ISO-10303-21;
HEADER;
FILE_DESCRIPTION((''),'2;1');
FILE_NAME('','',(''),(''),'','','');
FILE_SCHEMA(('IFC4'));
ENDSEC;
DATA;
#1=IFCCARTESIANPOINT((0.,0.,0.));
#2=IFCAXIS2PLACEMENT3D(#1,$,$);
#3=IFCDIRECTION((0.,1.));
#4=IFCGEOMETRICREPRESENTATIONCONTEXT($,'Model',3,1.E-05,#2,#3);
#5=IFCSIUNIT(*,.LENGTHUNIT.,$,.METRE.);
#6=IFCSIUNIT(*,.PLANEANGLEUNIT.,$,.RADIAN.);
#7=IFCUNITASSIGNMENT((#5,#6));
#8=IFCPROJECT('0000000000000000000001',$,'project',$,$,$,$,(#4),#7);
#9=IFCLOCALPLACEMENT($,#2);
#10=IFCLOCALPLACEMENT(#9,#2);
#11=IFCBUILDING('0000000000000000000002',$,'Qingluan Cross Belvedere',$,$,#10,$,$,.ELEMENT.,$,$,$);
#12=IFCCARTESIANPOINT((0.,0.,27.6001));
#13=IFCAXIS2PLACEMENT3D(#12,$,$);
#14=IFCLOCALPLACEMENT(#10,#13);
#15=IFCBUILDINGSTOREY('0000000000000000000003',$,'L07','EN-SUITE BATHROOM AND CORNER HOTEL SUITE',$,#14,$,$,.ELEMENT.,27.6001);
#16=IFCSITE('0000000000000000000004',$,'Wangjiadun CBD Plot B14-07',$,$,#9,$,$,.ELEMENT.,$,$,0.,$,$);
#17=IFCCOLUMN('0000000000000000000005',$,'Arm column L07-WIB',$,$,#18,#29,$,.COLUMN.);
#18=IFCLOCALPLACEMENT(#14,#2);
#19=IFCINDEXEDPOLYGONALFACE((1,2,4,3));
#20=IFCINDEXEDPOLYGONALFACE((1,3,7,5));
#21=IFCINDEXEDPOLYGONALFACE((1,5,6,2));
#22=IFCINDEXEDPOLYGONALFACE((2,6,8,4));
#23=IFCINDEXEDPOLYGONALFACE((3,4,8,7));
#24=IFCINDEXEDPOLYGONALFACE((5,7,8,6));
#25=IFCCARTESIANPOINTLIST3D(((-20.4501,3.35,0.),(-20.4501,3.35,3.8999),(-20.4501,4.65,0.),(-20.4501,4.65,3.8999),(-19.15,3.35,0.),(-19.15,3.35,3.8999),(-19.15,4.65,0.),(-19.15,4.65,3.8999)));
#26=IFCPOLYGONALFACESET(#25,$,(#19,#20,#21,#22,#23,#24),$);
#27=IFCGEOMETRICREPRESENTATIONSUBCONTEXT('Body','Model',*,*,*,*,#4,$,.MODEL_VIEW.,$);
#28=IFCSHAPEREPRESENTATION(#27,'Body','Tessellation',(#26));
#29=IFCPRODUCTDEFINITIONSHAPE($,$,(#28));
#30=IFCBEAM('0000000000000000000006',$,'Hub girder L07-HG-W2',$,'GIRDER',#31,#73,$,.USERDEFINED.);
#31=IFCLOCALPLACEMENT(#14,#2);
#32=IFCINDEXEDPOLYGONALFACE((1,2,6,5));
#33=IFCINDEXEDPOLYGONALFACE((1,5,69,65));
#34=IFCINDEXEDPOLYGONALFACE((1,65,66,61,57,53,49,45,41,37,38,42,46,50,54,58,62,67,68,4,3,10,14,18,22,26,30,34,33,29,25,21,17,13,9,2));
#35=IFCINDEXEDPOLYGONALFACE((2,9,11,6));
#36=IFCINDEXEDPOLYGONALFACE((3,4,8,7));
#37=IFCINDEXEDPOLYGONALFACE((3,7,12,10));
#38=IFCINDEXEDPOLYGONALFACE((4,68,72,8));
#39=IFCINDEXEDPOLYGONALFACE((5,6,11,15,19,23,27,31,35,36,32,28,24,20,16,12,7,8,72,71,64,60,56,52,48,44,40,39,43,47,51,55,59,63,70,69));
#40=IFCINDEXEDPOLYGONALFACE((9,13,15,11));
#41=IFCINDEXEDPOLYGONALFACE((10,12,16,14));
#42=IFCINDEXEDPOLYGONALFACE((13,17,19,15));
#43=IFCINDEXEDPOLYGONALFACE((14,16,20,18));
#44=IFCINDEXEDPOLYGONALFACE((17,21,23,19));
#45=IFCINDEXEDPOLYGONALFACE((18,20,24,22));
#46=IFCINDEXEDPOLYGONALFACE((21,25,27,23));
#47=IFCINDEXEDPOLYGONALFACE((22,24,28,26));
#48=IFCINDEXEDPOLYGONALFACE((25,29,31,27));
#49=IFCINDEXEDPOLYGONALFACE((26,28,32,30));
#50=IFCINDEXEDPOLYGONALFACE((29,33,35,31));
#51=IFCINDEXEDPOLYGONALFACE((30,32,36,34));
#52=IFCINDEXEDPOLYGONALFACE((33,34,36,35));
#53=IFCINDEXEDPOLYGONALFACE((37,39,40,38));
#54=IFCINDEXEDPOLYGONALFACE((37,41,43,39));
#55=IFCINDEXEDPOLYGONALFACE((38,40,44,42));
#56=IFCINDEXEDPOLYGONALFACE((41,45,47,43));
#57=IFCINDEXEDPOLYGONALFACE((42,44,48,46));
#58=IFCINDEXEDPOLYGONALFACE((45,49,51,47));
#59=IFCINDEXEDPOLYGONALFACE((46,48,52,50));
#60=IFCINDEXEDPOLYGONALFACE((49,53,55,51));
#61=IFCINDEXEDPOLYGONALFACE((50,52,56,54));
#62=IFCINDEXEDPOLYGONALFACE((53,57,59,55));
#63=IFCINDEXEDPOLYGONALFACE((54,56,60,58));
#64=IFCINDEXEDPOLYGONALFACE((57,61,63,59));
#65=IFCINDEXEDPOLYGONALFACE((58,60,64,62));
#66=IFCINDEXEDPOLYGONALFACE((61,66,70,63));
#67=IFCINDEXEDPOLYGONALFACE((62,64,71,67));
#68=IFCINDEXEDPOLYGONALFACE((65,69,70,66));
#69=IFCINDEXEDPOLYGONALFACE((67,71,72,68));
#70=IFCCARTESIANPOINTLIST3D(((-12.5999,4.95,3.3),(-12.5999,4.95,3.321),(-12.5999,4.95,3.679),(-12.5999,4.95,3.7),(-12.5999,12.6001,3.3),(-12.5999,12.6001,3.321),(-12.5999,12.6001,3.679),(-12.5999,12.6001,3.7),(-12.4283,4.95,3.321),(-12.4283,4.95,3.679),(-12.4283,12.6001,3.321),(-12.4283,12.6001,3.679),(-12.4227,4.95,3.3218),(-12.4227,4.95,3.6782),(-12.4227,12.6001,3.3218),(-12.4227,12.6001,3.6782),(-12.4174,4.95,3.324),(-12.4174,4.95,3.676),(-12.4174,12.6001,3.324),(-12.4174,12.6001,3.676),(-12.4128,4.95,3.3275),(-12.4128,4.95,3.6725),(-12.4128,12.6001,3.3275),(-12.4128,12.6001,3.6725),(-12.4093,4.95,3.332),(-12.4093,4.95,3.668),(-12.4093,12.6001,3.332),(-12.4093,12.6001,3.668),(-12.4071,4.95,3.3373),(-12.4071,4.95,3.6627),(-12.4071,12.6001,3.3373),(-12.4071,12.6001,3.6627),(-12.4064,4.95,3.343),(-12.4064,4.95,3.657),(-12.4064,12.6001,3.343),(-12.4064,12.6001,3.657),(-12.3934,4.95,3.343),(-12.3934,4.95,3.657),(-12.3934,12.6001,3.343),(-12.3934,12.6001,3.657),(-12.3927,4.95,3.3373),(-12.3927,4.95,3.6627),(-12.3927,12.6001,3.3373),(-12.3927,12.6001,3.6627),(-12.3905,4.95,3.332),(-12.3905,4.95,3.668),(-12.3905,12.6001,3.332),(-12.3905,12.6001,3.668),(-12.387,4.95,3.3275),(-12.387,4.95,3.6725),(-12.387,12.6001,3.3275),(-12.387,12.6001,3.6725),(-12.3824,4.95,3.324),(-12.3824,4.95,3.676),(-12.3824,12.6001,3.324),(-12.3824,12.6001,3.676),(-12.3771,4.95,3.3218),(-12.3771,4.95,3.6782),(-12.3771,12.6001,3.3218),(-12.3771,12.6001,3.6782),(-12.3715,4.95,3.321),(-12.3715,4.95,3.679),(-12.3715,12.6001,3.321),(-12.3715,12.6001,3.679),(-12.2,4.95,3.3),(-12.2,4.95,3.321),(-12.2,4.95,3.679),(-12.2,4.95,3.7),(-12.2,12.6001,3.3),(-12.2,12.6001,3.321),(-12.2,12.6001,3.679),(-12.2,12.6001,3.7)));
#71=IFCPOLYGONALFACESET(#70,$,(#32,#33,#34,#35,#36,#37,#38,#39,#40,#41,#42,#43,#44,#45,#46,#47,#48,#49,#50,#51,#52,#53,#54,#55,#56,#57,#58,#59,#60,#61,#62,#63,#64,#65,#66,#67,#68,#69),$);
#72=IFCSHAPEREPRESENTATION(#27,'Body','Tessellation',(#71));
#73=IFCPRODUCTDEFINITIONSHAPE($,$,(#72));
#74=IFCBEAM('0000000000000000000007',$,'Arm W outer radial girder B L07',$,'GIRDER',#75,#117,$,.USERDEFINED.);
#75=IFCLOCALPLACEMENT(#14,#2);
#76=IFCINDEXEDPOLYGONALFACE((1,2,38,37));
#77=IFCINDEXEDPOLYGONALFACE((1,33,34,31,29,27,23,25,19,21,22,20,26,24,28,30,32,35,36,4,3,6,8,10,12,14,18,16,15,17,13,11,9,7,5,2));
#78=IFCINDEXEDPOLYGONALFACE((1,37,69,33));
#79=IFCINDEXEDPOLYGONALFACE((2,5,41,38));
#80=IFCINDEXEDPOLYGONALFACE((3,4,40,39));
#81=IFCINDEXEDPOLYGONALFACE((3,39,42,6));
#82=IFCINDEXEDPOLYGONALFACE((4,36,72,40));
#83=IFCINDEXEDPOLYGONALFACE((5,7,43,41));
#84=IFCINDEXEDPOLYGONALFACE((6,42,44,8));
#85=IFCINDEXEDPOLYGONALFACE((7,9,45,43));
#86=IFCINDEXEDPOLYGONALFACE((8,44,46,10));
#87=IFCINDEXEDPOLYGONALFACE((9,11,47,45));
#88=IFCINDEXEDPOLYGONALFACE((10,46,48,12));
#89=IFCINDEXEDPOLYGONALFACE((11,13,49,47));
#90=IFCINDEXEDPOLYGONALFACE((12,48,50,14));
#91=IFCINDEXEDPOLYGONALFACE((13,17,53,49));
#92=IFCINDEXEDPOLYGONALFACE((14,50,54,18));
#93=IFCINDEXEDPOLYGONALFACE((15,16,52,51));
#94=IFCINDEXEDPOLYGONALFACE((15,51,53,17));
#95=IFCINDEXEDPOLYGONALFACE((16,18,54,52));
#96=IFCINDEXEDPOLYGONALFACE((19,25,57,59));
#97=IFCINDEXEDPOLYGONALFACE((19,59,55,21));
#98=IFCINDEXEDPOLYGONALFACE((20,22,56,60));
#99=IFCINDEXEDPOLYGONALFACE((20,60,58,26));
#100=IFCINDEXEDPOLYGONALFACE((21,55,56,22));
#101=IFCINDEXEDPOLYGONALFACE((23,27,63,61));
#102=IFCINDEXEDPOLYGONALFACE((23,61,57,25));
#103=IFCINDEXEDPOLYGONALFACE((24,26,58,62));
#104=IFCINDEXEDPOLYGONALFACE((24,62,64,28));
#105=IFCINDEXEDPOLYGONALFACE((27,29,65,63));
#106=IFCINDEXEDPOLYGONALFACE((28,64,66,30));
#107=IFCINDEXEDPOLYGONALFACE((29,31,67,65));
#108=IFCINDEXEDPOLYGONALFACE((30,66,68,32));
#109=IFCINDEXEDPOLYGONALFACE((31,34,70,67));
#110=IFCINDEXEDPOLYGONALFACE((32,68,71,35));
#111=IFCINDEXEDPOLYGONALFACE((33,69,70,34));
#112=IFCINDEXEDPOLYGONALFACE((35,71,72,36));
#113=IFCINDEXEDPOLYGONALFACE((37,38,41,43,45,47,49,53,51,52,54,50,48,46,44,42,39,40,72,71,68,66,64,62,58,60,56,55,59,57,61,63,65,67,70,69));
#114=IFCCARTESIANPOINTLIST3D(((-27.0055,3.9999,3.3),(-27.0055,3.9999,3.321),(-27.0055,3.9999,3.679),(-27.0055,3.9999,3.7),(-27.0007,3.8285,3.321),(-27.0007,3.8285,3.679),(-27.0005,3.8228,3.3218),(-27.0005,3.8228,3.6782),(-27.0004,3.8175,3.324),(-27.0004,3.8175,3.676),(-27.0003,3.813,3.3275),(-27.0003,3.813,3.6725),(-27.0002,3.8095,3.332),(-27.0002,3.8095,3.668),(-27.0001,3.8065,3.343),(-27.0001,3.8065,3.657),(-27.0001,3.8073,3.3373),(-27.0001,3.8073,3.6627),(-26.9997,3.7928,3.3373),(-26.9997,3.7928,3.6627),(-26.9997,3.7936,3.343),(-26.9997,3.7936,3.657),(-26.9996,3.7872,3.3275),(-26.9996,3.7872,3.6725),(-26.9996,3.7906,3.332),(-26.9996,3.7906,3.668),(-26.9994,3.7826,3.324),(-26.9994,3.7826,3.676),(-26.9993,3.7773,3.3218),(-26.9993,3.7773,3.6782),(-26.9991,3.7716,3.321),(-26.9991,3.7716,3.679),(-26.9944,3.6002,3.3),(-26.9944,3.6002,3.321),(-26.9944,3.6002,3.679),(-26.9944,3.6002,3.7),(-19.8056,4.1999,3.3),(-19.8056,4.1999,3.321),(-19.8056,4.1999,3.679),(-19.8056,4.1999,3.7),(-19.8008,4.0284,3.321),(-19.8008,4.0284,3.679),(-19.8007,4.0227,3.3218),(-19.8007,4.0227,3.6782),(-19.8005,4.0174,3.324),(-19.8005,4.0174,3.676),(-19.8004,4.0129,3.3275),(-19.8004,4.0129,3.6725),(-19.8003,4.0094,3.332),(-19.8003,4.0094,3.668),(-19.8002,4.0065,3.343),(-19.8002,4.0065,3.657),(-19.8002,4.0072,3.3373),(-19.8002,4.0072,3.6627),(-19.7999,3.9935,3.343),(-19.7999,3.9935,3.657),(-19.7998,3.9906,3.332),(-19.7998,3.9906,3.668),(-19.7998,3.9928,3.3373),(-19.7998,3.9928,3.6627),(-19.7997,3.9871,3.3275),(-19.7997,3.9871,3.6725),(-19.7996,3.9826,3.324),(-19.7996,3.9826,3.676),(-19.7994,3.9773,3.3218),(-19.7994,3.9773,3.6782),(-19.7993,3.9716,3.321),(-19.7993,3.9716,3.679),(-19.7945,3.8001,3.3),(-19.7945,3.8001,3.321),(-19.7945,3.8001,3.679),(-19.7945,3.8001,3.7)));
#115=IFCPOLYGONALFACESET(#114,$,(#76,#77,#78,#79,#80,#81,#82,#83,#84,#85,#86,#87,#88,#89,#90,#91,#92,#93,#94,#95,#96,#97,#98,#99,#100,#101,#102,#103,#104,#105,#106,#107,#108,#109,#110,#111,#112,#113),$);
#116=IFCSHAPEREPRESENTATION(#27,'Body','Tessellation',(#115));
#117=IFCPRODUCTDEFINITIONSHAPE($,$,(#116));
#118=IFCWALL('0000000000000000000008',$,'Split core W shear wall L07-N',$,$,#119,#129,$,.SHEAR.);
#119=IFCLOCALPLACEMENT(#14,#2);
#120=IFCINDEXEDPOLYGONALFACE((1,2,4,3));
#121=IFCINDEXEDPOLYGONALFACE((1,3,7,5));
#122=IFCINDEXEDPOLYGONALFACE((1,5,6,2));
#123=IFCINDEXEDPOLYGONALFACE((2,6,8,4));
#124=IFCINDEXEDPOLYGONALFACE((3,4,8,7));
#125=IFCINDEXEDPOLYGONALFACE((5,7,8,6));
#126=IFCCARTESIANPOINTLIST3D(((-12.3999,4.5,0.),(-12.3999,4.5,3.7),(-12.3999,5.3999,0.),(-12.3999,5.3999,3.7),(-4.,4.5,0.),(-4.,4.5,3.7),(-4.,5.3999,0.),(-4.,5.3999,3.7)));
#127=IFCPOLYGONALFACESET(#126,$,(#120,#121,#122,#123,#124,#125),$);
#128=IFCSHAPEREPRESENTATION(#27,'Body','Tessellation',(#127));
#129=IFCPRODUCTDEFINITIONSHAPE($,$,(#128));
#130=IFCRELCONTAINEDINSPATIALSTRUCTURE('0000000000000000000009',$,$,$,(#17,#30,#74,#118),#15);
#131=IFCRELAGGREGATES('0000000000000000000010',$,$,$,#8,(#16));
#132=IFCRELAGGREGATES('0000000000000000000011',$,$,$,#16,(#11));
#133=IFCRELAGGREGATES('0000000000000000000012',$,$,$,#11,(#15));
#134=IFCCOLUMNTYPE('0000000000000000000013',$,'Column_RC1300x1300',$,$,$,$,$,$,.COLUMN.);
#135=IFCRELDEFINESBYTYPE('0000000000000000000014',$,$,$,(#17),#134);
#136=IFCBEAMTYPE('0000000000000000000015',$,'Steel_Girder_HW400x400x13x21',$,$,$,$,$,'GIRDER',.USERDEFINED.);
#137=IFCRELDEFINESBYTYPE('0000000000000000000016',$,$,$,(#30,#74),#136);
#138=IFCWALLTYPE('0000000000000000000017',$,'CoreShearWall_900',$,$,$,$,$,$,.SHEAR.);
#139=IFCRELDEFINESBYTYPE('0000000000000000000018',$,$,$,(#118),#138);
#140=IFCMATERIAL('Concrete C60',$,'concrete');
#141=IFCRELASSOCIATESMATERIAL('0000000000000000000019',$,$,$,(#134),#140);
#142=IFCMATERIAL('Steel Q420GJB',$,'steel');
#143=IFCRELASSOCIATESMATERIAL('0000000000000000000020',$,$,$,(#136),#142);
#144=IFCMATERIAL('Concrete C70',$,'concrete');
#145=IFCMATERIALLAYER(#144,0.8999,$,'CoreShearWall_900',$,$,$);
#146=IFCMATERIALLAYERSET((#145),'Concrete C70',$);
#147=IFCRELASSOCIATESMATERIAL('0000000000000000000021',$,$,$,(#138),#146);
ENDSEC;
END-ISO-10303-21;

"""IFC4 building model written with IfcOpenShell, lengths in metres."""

from ifc_helpers import new_model, si_unit, direction, frame, frame_2d, origin, origin_2d, place, context, subcontext, project, spatial, rectangle, i_section, extrude, material, layer, layer_set, material_profile, profile_set, type_object, element, save


model = new_model("IFC4")

# Units and contexts
model_context = context("Model", 3, precision=1e-05, world=origin(), true_north=direction((0.0, 1.0)))
body_context = subcontext(model_context, "Body", "Model", "MODEL_VIEW")
ifc_project = project(units=[si_unit("LENGTHUNIT", "METRE"), si_unit("PLANEANGLEUNIT", "RADIAN")], contexts=[model_context])

# Site, building, storey
site_placement = place(None, origin())
site = spatial("IfcSite", under=ifc_project, at=site_placement, Name="Wangjiadun CBD Plot B14-07", CompositionType="ELEMENT", RefElevation=0.0)
building_placement = place(site_placement, origin())
building = spatial("IfcBuilding", under=site, at=building_placement, Name="Qingluan Cross Belvedere", CompositionType="ELEMENT")
storey_placement = place(building_placement, frame((0.0, 0.0, 27.6001)))
storey = spatial("IfcBuildingStorey", under=building, at=storey_placement, Name="L07", Description="EN-SUITE BATHROOM AND CORNER HOTEL SUITE", CompositionType="ELEMENT", Elevation=27.6001)

# Column
ifc_material_1 = material(Name="Concrete C60", Category="concrete")
ifc_material_profile_1 = material_profile(ifc_material_1, rectangle(XDim=1.3, YDim=1.3, at=origin_2d()), Name="RC1300x1300")
ifc_profile_set_1 = profile_set([ifc_material_profile_1], Name="Concrete C60")
column_type = type_object("IfcColumnType", Name="Column_RC1300x1300", PredefinedType="COLUMN", material=ifc_profile_set_1)
column_placement = place(storey_placement, frame((-19.8, 4.0, 0.0), z_axis=(0.0, 0.0, 1.0), x_axis=(1.0, 0.0, 0.0)))
element("IfcColumn", 1, at=column_placement, inside=storey, type_object=column_type, Name="Arm column L07-WIB", PredefinedType="COLUMN", context=body_context, shape_type="SweptSolid", body=[
    extrude(rectangle(XDim=1.3, YDim=1.3, at=origin_2d()), origin(), (0.0, 0.0, 1.0), 3.8999),
])

# Beams
ifc_material_2 = material(Name="Steel Q420GJB", Category="steel")
ifc_material_profile_2 = material_profile(ifc_material_2, i_section(OverallWidth=0.3999, OverallDepth=0.3999, WebThickness=0.0129, FlangeThickness=0.021, FilletRadius=0.022, at=origin_2d()), Name="HW400x400x13x21")
ifc_profile_set_2 = profile_set([ifc_material_profile_2], Name="Steel Q420GJB")
beam_type = type_object("IfcBeamType", Name="Steel_Girder_HW400x400x13x21", ElementType="GIRDER", PredefinedType="USERDEFINED", material=ifc_profile_set_2)
beam_1_placement = place(storey_placement, frame((-12.3999, 4.95, 3.5), z_axis=(0.0, 1.0, 0.0), x_axis=(-1.0, 0.0, 0.0)))
element("IfcBeam", 2, at=beam_1_placement, inside=storey, type_object=beam_type, Name="Hub girder L07-HG-W2", ObjectType="GIRDER", PredefinedType="USERDEFINED", context=body_context, shape_type="SweptSolid", body=[
    extrude(i_section(OverallWidth=0.3999, OverallDepth=0.3999, WebThickness=0.0129, FlangeThickness=0.021, FilletRadius=0.022, at=origin_2d()), origin(), (0.0, 0.0, 1.0), 7.6501),
])
beam_2_placement = place(storey_placement, frame((-19.8, 4.0, 3.5), z_axis=(-0.999615, -0.02776, 0.0), x_axis=(0.02776, -0.999615, 0.0)))
element("IfcBeam", 3, at=beam_2_placement, inside=storey, type_object=beam_type, Name="Arm W outer radial girder B L07", ObjectType="GIRDER", PredefinedType="USERDEFINED", context=body_context, shape_type="SweptSolid", body=[
    extrude(i_section(OverallWidth=0.3999, OverallDepth=0.3999, WebThickness=0.0129, FlangeThickness=0.021, FilletRadius=0.022, at=origin_2d()), origin(), (0.0, 0.0, 1.0), 7.2026),
])

# Wall
ifc_material_3 = material(Name="Concrete C70", Category="concrete")
ifc_layer_1 = layer(ifc_material_3, 0.8999, Name="CoreShearWall_900")
ifc_layer_set_1 = layer_set([ifc_layer_1], Name="Concrete C70")
wall_type_1 = type_object("IfcWallType", Name="CoreShearWall_900", PredefinedType="SHEAR", material=ifc_layer_set_1)
wall_1_placement = place(storey_placement, frame((-12.3999, 4.95, 0.0), z_axis=(0.0, 0.0, 1.0), x_axis=(1.0, 0.0, 0.0)))
element("IfcWall", 4, at=wall_1_placement, inside=storey, type_object=wall_type_1, Name="Split core W shear wall L07-N", PredefinedType="SHEAR", context=body_context, shape_type="SweptSolid", body=[
    extrude(rectangle(XDim=8.3999, YDim=0.8999, at=frame_2d((4.2, 0.0))), origin(), (0.0, 0.0, 1.0), 3.7),
])

save(model, "model.ifc")
